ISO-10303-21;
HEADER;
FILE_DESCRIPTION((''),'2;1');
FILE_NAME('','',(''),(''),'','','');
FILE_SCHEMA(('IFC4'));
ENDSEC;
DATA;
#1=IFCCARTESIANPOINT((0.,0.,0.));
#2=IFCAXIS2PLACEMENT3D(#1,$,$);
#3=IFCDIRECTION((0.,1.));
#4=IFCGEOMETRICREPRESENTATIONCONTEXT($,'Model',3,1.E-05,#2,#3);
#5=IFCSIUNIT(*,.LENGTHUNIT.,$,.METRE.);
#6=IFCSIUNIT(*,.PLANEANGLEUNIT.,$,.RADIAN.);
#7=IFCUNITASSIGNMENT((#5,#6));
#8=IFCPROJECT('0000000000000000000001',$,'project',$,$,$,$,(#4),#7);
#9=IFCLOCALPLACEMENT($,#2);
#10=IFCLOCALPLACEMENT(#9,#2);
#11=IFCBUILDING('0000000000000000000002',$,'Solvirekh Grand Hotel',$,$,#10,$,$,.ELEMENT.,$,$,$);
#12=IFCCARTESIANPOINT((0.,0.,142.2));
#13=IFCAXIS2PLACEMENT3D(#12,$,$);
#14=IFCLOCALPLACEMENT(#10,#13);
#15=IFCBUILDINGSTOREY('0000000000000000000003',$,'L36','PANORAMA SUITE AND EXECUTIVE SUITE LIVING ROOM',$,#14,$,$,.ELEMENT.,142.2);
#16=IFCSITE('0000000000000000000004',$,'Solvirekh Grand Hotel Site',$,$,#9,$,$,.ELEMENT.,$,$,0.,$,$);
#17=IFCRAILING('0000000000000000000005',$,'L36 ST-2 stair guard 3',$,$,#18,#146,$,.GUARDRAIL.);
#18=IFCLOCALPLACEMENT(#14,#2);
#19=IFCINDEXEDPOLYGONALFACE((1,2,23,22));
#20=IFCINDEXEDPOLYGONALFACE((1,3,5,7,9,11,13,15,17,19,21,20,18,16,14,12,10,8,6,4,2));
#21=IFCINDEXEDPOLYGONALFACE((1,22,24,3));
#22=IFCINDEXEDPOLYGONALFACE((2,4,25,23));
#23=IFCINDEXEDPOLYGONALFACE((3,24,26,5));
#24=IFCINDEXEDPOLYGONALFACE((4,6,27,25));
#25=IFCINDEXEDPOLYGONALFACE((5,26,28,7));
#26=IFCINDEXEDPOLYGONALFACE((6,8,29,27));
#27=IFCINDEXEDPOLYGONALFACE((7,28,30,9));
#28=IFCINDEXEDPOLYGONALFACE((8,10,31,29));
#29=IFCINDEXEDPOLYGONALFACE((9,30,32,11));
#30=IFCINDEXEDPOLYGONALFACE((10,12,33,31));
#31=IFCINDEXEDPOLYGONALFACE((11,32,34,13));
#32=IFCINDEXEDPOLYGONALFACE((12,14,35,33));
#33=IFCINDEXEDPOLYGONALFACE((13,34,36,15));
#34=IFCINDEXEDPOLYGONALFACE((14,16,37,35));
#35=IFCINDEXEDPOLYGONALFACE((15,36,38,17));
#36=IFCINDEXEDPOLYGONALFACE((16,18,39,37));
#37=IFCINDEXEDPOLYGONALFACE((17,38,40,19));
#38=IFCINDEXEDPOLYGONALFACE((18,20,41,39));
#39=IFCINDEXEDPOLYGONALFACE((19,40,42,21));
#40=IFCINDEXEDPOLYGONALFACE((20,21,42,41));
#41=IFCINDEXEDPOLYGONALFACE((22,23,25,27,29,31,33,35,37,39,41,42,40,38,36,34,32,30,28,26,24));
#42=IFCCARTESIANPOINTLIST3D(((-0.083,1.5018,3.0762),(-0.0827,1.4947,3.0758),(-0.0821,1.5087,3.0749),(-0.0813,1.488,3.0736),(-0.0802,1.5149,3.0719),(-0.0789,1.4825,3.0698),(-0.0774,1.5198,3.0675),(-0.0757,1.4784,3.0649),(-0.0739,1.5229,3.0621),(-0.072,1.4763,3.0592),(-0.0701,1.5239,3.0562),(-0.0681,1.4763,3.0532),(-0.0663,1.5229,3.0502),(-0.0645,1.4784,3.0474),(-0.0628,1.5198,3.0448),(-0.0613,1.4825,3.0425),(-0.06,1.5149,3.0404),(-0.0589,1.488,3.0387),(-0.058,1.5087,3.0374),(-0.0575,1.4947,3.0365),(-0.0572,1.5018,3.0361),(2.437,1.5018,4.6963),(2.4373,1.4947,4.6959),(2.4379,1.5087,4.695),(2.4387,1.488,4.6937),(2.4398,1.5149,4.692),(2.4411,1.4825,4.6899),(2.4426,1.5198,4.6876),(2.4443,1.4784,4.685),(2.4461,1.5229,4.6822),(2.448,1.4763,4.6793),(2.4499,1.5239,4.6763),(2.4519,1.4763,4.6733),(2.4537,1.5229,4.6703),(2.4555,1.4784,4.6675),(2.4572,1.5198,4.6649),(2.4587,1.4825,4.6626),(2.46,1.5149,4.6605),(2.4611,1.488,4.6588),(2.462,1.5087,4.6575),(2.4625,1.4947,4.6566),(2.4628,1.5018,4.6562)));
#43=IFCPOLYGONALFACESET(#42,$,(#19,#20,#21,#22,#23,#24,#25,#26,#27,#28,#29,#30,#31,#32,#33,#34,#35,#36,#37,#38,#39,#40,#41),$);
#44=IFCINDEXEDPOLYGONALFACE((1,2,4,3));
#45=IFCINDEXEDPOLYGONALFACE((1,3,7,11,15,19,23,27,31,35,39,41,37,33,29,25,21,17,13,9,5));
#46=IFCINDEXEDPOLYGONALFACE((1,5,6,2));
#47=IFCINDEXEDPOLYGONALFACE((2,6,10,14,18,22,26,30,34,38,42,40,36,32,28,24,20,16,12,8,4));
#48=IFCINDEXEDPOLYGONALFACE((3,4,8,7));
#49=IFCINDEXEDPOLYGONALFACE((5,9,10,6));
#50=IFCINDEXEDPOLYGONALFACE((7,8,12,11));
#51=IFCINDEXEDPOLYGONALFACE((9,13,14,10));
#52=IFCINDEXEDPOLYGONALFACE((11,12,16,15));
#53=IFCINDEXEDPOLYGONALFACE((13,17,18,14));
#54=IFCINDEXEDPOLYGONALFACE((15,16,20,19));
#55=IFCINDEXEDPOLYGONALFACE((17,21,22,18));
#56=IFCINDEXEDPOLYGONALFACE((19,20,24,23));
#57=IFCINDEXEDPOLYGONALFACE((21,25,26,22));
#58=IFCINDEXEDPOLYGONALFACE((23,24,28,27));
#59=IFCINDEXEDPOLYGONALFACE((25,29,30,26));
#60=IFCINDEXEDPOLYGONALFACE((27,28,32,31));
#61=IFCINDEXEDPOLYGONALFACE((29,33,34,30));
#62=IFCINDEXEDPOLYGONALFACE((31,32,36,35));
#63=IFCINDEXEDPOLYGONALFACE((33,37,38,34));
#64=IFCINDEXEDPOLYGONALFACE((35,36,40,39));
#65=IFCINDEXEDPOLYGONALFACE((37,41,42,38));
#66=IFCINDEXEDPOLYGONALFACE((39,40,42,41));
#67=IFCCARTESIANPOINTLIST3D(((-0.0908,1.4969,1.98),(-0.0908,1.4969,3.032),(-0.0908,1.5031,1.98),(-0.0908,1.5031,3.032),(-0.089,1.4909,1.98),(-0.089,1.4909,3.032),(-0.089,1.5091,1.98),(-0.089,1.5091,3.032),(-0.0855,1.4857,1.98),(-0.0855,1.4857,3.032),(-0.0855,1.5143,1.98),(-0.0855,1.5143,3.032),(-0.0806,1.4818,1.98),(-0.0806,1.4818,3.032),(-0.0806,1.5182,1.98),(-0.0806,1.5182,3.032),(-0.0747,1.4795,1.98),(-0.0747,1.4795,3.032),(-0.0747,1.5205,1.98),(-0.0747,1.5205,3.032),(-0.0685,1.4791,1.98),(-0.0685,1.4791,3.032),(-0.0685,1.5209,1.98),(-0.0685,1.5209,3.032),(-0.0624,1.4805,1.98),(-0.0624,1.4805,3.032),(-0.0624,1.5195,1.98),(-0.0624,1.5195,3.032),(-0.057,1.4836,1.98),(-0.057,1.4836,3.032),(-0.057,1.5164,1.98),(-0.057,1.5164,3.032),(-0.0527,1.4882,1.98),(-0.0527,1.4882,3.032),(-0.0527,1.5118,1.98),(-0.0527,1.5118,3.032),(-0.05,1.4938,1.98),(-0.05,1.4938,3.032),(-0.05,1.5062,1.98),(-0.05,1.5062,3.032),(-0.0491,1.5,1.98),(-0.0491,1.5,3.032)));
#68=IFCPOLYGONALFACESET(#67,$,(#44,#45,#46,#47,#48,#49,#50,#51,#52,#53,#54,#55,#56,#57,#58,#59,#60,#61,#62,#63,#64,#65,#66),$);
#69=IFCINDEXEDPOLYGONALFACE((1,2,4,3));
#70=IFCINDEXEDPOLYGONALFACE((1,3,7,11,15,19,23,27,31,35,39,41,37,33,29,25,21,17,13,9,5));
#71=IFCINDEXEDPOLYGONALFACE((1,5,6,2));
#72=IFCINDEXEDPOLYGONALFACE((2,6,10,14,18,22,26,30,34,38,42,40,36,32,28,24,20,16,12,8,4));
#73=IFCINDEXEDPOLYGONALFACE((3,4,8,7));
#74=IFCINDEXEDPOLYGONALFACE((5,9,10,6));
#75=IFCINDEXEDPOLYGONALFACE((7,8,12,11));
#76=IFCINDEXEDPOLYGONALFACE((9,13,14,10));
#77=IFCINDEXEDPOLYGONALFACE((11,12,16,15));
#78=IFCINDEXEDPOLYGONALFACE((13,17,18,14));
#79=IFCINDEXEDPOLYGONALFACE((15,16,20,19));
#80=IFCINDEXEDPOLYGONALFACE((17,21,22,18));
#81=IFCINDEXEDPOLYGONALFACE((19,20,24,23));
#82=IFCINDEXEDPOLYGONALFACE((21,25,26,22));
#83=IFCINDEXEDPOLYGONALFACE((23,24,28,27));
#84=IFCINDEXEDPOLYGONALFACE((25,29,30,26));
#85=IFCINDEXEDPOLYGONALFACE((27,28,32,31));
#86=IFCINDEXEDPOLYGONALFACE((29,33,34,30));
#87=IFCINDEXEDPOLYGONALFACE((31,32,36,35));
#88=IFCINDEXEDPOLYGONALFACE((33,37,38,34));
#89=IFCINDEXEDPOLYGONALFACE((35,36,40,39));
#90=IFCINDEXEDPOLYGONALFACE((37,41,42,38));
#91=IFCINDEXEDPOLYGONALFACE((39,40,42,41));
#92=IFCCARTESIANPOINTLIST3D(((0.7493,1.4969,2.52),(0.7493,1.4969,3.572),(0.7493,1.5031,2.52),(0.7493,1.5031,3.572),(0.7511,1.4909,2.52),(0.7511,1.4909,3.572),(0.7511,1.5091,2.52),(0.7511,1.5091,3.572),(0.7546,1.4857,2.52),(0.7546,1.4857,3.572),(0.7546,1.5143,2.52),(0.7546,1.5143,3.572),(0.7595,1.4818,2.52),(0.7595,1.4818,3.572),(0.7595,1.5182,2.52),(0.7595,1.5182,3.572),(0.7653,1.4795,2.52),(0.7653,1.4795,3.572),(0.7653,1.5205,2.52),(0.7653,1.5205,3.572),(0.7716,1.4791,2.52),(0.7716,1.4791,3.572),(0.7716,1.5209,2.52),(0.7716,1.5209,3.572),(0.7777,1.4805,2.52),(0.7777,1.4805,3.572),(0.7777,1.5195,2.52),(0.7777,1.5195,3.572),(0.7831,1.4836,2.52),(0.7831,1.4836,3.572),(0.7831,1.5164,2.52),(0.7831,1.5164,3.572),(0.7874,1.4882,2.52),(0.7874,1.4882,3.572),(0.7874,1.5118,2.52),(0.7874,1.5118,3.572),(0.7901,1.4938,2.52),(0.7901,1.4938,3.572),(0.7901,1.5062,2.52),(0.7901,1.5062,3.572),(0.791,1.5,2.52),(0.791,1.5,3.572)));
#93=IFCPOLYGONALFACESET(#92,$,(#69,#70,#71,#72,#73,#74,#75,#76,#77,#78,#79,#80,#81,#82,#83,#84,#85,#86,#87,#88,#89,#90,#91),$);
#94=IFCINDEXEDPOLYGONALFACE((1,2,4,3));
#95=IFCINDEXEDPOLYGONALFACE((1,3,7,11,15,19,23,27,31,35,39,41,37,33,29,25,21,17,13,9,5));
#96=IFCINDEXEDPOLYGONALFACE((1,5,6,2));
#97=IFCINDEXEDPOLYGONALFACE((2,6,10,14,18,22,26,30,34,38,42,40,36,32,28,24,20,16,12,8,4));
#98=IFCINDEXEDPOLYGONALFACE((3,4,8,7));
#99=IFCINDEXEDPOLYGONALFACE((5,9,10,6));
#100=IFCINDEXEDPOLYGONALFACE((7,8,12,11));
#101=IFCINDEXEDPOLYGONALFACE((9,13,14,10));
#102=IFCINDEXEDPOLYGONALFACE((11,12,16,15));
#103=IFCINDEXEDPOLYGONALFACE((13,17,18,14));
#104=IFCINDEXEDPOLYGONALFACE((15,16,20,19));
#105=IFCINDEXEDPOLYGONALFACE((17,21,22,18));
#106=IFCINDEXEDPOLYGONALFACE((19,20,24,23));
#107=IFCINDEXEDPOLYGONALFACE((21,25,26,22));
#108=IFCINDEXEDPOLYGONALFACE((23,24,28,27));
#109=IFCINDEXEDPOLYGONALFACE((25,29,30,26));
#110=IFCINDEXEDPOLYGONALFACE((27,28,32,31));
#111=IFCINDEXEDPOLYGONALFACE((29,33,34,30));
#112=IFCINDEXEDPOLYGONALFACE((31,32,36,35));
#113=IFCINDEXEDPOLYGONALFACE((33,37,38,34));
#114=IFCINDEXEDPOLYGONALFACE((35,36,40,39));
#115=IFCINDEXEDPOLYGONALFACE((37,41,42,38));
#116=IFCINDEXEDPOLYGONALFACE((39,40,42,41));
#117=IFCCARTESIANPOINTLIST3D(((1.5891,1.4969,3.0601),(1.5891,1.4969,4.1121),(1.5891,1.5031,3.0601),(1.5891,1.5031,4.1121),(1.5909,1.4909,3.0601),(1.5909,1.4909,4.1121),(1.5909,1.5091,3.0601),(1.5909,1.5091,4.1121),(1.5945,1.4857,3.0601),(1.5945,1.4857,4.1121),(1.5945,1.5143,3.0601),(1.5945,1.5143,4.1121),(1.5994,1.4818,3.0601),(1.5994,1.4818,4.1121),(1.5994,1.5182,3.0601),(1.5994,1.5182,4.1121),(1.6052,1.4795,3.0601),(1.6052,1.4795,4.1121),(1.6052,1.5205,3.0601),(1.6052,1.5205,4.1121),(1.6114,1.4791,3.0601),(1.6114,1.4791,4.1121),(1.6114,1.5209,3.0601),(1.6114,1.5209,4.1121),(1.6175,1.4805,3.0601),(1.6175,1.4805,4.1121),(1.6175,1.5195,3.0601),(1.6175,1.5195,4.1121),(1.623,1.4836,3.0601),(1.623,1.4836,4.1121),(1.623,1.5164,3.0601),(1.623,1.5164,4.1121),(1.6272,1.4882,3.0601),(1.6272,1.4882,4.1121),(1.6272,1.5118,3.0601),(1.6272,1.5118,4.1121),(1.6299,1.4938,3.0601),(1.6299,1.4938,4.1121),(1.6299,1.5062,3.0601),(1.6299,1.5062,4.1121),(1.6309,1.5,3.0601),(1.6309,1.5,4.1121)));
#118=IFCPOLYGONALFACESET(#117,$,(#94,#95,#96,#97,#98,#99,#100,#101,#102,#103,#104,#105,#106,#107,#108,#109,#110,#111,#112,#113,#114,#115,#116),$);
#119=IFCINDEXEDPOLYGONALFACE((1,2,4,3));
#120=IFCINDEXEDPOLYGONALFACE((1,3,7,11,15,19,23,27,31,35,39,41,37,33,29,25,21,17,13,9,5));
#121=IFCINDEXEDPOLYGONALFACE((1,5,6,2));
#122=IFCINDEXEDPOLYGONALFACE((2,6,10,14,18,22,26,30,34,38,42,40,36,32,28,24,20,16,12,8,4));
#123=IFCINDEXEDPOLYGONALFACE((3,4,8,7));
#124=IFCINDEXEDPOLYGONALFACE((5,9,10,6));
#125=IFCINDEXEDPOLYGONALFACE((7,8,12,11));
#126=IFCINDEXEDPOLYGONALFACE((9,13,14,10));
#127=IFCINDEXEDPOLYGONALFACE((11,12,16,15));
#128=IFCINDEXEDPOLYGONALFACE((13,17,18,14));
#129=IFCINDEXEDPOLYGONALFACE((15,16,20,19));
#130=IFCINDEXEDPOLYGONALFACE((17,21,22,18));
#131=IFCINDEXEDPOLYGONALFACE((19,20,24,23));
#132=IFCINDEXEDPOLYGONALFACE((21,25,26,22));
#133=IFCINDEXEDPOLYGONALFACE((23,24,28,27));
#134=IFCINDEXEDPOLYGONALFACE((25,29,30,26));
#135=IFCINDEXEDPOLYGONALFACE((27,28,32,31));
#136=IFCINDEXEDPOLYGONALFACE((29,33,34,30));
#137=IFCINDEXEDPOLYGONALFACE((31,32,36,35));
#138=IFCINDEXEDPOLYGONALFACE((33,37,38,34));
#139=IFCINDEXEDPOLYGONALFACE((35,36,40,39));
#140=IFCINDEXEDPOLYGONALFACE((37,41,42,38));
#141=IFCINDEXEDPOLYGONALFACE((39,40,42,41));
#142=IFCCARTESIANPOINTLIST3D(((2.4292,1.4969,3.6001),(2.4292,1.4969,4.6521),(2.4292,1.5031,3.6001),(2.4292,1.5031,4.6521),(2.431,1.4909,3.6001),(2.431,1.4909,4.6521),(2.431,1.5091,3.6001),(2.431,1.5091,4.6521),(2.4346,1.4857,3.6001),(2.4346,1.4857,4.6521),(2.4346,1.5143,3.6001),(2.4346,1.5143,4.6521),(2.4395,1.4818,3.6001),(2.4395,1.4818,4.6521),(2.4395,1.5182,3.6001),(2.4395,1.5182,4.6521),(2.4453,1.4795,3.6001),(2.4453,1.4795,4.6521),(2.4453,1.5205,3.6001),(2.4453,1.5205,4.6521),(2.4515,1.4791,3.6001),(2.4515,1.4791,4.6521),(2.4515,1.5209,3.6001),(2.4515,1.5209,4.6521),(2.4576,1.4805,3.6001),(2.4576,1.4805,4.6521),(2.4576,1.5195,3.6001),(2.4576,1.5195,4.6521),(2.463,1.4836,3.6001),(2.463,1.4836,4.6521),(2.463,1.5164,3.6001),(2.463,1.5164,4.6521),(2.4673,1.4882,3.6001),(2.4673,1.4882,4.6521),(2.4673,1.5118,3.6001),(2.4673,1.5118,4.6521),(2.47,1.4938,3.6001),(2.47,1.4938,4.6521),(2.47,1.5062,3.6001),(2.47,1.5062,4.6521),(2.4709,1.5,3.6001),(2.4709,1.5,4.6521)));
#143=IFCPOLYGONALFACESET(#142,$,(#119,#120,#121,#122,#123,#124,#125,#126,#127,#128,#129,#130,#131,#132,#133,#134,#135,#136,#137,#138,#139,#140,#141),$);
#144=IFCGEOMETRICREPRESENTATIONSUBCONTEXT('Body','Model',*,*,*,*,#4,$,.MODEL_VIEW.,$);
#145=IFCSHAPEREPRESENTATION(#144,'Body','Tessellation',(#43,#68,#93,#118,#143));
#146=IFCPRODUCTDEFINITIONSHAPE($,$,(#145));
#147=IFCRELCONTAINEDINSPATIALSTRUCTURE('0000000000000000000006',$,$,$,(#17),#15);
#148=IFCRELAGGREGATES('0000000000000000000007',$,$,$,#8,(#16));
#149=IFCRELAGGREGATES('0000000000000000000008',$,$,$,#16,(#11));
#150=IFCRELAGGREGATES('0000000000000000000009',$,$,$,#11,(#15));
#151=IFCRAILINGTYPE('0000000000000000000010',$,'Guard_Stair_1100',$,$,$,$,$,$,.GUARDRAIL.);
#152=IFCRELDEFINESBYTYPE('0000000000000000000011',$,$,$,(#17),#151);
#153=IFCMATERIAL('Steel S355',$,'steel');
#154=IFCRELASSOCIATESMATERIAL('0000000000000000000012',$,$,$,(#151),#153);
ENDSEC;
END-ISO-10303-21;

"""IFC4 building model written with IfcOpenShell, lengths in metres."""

from ifc_helpers import new_model, si_unit, direction, frame, origin, origin_2d, place, context, subcontext, project, spatial, circle, extrude, material, type_object, element, save


model = new_model("IFC4")

# Units and contexts
model_context = context("Model", 3, precision=1e-05, world=origin(), true_north=direction((0.0, 1.0)))
body_context = subcontext(model_context, "Body", "Model", "MODEL_VIEW")
ifc_project = project(units=[si_unit("LENGTHUNIT", "METRE"), si_unit("PLANEANGLEUNIT", "RADIAN")], contexts=[model_context])

# Site, building, storey
site_placement = place(None, origin())
site = spatial("IfcSite", under=ifc_project, at=site_placement, Name="Solvirekh Grand Hotel Site", CompositionType="ELEMENT", RefElevation=0.0)
building_placement = place(site_placement, origin())
building = spatial("IfcBuilding", under=site, at=building_placement, Name="Solvirekh Grand Hotel", CompositionType="ELEMENT")
storey_placement = place(building_placement, frame((0.0, 0.0, 142.2)))
storey = spatial("IfcBuildingStorey", under=building, at=storey_placement, Name="L36", Description="PANORAMA SUITE AND EXECUTIVE SUITE LIVING ROOM", CompositionType="ELEMENT", Elevation=142.2)

# Railing
ifc_material_1 = material(Name="Steel S355", Category="steel")
railing_type = type_object("IfcRailingType", Name="Guard_Stair_1100", PredefinedType="GUARDRAIL", material=ifc_material_1)
railing_1_placement = place(storey_placement, frame((-0.0701, 1.5, 1.98)))
element("IfcRailing", 1, at=railing_1_placement, inside=storey, type_object=railing_type, Name="L36 ST-2 stair guard 3", PredefinedType="GUARDRAIL", context=body_context, shape_type="SweptSolid", body=[
    extrude(circle(Radius=0.0239, at=origin_2d()), frame((0.0, 0.0, 1.0762), z_axis=(0.841163, 0.0, 0.540782), x_axis=(0.0, 1.0, 0.0)), (0.0, 0.0, 1.0), 2.9958),
    extrude(circle(Radius=0.021, at=origin_2d()), origin(), (0.0, 0.0, 1.0), 1.052),
    extrude(circle(Radius=0.021, at=origin_2d()), frame((0.8401, 0.0, 0.54)), (0.0, 0.0, 1.0), 1.052),
    extrude(circle(Radius=0.021, at=origin_2d()), frame((1.6799, 0.0, 1.0801)), (0.0, 0.0, 1.0), 1.052),
    extrude(circle(Radius=0.021, at=origin_2d()), frame((2.52, 0.0, 1.6201)), (0.0, 0.0, 1.0), 1.052),
])

save(model, "model.ifc")
